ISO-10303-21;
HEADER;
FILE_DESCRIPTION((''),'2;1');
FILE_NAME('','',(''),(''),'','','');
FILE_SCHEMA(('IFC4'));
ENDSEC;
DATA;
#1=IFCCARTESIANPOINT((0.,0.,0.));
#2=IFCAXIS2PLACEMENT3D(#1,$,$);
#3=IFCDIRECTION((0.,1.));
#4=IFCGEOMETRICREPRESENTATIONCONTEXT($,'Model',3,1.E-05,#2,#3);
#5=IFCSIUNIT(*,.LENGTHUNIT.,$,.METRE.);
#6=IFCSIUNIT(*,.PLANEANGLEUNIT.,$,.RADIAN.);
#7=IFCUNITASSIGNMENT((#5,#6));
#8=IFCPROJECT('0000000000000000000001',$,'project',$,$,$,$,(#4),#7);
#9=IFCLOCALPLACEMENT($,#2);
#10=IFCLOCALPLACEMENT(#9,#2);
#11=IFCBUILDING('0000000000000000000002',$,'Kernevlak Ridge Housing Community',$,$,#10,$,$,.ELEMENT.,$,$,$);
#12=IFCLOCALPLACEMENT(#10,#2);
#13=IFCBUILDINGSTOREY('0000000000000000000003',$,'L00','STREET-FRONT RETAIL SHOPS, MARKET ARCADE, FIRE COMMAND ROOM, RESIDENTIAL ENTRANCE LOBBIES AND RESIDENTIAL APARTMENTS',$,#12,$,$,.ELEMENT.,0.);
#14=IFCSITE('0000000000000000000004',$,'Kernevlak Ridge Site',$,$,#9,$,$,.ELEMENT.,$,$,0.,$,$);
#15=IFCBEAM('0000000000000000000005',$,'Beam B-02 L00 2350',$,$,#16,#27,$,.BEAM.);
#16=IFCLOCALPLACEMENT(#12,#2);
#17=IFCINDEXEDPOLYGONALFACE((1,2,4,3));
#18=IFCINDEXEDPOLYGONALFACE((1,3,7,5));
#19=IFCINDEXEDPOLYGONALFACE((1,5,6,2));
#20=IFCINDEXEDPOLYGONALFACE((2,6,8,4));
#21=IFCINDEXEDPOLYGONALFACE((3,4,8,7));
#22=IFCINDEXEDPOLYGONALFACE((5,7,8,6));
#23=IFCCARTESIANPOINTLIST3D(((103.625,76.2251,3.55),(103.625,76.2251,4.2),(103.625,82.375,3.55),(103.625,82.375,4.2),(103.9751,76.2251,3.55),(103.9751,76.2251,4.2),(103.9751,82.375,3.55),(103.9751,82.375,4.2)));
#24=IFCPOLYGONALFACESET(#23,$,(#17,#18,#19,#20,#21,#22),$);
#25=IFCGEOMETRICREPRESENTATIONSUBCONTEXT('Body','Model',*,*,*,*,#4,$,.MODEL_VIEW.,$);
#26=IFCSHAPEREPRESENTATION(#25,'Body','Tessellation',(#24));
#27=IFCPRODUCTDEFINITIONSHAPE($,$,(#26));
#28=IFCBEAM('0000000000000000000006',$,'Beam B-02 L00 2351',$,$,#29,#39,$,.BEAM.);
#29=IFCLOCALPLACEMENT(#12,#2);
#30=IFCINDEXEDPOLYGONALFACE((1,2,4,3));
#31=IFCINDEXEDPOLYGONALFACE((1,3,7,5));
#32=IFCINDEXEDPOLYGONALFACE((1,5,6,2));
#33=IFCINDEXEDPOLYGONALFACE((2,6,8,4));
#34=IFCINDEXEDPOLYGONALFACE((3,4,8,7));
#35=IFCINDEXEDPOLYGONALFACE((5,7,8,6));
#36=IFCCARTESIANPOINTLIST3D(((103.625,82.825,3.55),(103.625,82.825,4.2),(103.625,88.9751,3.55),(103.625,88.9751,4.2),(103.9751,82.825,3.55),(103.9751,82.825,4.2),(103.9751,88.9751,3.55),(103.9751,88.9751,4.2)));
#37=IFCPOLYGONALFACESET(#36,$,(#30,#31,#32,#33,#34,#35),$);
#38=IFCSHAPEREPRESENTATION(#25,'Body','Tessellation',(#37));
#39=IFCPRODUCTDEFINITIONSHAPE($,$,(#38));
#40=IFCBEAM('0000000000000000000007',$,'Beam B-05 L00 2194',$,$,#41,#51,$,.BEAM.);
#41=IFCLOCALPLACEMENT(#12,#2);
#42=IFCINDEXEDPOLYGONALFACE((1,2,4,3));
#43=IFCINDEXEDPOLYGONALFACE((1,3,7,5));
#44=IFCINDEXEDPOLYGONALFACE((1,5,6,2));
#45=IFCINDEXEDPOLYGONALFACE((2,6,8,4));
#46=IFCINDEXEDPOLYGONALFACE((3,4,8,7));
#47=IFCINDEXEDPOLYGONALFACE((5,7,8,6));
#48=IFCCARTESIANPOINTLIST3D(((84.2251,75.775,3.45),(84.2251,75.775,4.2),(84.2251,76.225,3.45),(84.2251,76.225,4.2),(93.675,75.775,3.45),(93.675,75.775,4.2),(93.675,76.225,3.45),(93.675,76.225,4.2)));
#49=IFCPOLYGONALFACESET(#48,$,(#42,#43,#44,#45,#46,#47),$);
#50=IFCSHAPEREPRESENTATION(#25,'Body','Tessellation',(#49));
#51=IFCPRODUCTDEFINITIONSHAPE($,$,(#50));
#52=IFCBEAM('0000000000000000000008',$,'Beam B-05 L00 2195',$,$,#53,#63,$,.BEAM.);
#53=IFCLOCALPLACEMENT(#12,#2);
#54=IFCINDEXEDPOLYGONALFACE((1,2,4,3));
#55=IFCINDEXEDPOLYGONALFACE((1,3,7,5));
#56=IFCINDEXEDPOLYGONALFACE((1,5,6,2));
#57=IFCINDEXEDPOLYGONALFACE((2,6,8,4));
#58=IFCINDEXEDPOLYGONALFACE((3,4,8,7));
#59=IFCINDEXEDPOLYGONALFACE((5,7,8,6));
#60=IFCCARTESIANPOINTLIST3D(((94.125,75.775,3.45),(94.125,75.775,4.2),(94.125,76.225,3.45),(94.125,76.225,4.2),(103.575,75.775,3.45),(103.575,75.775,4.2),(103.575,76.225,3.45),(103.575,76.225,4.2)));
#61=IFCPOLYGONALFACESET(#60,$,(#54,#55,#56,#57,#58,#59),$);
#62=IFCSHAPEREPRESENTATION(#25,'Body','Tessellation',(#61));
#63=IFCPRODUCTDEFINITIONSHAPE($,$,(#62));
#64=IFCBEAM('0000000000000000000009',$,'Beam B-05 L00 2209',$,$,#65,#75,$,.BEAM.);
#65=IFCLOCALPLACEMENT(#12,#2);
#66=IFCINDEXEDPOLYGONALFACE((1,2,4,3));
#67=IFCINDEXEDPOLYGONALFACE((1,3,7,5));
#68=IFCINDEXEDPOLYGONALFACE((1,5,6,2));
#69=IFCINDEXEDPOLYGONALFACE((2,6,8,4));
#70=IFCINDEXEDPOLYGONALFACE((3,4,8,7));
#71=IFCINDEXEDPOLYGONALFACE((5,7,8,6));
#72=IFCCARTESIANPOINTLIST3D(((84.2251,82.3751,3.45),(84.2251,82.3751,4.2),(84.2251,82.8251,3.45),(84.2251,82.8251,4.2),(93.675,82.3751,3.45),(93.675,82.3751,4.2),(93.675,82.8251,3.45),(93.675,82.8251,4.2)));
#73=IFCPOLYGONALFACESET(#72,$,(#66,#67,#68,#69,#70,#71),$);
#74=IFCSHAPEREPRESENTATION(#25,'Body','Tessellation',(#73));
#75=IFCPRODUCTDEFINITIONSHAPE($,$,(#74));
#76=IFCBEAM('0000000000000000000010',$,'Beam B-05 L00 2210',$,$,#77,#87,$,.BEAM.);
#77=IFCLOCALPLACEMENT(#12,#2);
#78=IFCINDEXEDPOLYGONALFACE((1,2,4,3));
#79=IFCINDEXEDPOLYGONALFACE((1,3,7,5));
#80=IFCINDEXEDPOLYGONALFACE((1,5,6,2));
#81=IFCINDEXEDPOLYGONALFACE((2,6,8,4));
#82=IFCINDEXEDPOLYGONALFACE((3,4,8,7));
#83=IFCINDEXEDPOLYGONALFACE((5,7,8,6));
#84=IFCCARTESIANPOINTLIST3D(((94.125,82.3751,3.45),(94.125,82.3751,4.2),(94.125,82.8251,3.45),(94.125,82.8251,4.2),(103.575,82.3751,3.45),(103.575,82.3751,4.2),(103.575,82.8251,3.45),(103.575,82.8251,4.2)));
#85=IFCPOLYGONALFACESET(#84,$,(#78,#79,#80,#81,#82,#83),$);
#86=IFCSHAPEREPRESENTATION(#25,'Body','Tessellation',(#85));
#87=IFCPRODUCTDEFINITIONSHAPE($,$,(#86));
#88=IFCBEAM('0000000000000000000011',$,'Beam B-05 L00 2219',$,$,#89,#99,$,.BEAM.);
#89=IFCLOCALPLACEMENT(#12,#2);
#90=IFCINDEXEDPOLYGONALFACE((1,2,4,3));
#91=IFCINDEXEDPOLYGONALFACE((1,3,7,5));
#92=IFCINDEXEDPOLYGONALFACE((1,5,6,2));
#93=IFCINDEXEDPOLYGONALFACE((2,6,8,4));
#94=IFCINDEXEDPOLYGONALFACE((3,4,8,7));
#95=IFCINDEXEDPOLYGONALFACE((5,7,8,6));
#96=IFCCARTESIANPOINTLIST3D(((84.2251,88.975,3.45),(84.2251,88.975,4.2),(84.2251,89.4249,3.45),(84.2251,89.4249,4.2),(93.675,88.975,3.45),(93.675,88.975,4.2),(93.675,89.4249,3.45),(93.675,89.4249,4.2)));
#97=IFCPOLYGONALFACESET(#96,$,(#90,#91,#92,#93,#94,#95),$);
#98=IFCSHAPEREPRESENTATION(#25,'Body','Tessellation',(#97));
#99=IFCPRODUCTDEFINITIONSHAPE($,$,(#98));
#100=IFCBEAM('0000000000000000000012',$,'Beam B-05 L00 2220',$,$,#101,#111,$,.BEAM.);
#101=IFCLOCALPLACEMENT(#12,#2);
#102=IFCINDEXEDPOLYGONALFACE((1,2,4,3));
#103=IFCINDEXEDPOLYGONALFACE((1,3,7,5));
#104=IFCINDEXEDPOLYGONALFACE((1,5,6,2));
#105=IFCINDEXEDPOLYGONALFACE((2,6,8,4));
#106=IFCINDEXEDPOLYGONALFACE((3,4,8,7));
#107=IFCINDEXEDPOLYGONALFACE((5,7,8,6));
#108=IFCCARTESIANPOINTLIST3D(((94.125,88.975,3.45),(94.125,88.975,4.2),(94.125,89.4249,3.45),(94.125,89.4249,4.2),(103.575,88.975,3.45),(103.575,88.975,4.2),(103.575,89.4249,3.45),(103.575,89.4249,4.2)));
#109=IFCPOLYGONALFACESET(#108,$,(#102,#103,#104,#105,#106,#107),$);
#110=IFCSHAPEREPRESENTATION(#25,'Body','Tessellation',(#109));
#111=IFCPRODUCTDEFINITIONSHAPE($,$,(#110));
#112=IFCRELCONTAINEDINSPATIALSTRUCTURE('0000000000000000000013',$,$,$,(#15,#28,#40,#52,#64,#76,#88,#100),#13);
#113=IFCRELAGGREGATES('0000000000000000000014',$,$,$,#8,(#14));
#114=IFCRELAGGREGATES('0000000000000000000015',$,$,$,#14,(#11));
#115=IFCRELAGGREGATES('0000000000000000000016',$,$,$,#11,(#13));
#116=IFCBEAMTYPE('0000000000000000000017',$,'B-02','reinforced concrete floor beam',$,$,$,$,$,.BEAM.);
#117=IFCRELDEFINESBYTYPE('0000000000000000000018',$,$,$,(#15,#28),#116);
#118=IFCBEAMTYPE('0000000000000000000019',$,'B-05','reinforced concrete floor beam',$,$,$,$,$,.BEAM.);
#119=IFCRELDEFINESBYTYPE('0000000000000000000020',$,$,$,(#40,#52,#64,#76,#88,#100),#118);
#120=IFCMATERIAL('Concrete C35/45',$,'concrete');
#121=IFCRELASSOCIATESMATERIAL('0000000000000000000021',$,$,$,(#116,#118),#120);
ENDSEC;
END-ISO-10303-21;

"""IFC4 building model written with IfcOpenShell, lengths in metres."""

from ifc_helpers import new_model, si_unit, direction, frame, origin, origin_2d, place, context, subcontext, project, spatial, rectangle, extrude, material, material_profile, profile_set, type_object, element, save


model = new_model("IFC4")

# Units and contexts
model_context = context("Model", 3, precision=1e-05, world=origin(), true_north=direction((0.0, 1.0)))
body_context = subcontext(model_context, "Body", "Model", "MODEL_VIEW")
ifc_project = project(units=[si_unit("LENGTHUNIT", "METRE"), si_unit("PLANEANGLEUNIT", "RADIAN")], contexts=[model_context])

# Site, building, storey
site_placement = place(None, origin())
site = spatial("IfcSite", under=ifc_project, at=site_placement, Name="Kernevlak Ridge Site", CompositionType="ELEMENT", RefElevation=0.0)
building_placement = place(site_placement, origin())
building = spatial("IfcBuilding", under=site, at=building_placement, Name="Kernevlak Ridge Housing Community", CompositionType="ELEMENT")
storey_placement = place(building_placement, origin())
storey = spatial("IfcBuildingStorey", under=building, at=storey_placement, Name="L00", Description="STREET-FRONT RETAIL SHOPS, MARKET ARCADE, FIRE COMMAND ROOM, RESIDENTIAL ENTRANCE LOBBIES AND RESIDENTIAL APARTMENTS", CompositionType="ELEMENT", Elevation=0.0)

# Shared definitions
ifc_material_1 = material(Name="Concrete C35/45", Category="concrete")

# Beams
ifc_material_profile_1 = material_profile(ifc_material_1, rectangle(XDim=0.3501, YDim=0.6499, at=origin_2d()), Name="RC 350x650")
ifc_profile_set_1 = profile_set([ifc_material_profile_1], Name="Concrete C35/45")
beam_type_1 = type_object("IfcBeamType", Name="B-02", Description="reinforced concrete floor beam", PredefinedType="BEAM", material=ifc_profile_set_1)
beam_1_placement = place(storey_placement, frame((103.8, 76.2251, 3.875), z_axis=(0.0, 1.0, 0.0), x_axis=(-1.0, 0.0, 0.0)))
element("IfcBeam", 1, at=beam_1_placement, inside=storey, type_object=beam_type_1, Name="Beam B-02 L00 2350", PredefinedType="BEAM", context=body_context, shape_type="SweptSolid", body=[
    extrude(rectangle(XDim=0.3501, YDim=0.6499, at=origin_2d()), origin(), (0.0, 0.0, 1.0), 6.1499),
])
beam_2_placement = place(storey_placement, frame((103.8, 82.825, 3.875), z_axis=(0.0, 1.0, 0.0), x_axis=(-1.0, 0.0, 0.0)))
element("IfcBeam", 2, at=beam_2_placement, inside=storey, type_object=beam_type_1, Name="Beam B-02 L00 2351", PredefinedType="BEAM", context=body_context, shape_type="SweptSolid", body=[
    extrude(rectangle(XDim=0.3501, YDim=0.6499, at=origin_2d()), origin(), (0.0, 0.0, 1.0), 6.1501),
])
ifc_material_profile_2 = material_profile(ifc_material_1, rectangle(XDim=0.45, YDim=0.75, at=origin_2d()), Name="RC 450x750")
ifc_profile_set_2 = profile_set([ifc_material_profile_2], Name="Concrete C35/45")
beam_type_2 = type_object("IfcBeamType", Name="B-05", Description="reinforced concrete floor beam", PredefinedType="BEAM", material=ifc_profile_set_2)
for number, where, z_axis, x_axis, name in (
    (3, (84.2251, 76.0, 3.825), (1.0, 0.0, 0.0), (0.0, 1.0, 0.0), "Beam B-05 L00 2194"),
    (4, (94.125, 76.0, 3.825), (1.0, 0.0, 0.0), (0.0, 1.0, 0.0), "Beam B-05 L00 2195"),
    (5, (84.2251, 82.6001, 3.825), (1.0, 0.0, 0.0), (0.0, 1.0, 0.0), "Beam B-05 L00 2209"),
    (6, (94.125, 82.6001, 3.825), (1.0, 0.0, 0.0), (0.0, 1.0, 0.0), "Beam B-05 L00 2210"),
    (7, (84.2251, 89.2, 3.825), (1.0, 0.0, 0.0), (0.0, 1.0, 0.0), "Beam B-05 L00 2219"),
    (8, (94.125, 89.2, 3.825), (1.0, 0.0, 0.0), (0.0, 1.0, 0.0), "Beam B-05 L00 2220"),
):
    element("IfcBeam", number, at=place(storey_placement, frame(where, z_axis=z_axis, x_axis=x_axis)), inside=storey, type_object=beam_type_2, Name=name, PredefinedType="BEAM", context=body_context, shape_type="SweptSolid", body=[
        extrude(rectangle(XDim=0.45, YDim=0.75, at=origin_2d()), origin(), (0.0, 0.0, 1.0), 9.45),
    ])

save(model, "model.ifc")
